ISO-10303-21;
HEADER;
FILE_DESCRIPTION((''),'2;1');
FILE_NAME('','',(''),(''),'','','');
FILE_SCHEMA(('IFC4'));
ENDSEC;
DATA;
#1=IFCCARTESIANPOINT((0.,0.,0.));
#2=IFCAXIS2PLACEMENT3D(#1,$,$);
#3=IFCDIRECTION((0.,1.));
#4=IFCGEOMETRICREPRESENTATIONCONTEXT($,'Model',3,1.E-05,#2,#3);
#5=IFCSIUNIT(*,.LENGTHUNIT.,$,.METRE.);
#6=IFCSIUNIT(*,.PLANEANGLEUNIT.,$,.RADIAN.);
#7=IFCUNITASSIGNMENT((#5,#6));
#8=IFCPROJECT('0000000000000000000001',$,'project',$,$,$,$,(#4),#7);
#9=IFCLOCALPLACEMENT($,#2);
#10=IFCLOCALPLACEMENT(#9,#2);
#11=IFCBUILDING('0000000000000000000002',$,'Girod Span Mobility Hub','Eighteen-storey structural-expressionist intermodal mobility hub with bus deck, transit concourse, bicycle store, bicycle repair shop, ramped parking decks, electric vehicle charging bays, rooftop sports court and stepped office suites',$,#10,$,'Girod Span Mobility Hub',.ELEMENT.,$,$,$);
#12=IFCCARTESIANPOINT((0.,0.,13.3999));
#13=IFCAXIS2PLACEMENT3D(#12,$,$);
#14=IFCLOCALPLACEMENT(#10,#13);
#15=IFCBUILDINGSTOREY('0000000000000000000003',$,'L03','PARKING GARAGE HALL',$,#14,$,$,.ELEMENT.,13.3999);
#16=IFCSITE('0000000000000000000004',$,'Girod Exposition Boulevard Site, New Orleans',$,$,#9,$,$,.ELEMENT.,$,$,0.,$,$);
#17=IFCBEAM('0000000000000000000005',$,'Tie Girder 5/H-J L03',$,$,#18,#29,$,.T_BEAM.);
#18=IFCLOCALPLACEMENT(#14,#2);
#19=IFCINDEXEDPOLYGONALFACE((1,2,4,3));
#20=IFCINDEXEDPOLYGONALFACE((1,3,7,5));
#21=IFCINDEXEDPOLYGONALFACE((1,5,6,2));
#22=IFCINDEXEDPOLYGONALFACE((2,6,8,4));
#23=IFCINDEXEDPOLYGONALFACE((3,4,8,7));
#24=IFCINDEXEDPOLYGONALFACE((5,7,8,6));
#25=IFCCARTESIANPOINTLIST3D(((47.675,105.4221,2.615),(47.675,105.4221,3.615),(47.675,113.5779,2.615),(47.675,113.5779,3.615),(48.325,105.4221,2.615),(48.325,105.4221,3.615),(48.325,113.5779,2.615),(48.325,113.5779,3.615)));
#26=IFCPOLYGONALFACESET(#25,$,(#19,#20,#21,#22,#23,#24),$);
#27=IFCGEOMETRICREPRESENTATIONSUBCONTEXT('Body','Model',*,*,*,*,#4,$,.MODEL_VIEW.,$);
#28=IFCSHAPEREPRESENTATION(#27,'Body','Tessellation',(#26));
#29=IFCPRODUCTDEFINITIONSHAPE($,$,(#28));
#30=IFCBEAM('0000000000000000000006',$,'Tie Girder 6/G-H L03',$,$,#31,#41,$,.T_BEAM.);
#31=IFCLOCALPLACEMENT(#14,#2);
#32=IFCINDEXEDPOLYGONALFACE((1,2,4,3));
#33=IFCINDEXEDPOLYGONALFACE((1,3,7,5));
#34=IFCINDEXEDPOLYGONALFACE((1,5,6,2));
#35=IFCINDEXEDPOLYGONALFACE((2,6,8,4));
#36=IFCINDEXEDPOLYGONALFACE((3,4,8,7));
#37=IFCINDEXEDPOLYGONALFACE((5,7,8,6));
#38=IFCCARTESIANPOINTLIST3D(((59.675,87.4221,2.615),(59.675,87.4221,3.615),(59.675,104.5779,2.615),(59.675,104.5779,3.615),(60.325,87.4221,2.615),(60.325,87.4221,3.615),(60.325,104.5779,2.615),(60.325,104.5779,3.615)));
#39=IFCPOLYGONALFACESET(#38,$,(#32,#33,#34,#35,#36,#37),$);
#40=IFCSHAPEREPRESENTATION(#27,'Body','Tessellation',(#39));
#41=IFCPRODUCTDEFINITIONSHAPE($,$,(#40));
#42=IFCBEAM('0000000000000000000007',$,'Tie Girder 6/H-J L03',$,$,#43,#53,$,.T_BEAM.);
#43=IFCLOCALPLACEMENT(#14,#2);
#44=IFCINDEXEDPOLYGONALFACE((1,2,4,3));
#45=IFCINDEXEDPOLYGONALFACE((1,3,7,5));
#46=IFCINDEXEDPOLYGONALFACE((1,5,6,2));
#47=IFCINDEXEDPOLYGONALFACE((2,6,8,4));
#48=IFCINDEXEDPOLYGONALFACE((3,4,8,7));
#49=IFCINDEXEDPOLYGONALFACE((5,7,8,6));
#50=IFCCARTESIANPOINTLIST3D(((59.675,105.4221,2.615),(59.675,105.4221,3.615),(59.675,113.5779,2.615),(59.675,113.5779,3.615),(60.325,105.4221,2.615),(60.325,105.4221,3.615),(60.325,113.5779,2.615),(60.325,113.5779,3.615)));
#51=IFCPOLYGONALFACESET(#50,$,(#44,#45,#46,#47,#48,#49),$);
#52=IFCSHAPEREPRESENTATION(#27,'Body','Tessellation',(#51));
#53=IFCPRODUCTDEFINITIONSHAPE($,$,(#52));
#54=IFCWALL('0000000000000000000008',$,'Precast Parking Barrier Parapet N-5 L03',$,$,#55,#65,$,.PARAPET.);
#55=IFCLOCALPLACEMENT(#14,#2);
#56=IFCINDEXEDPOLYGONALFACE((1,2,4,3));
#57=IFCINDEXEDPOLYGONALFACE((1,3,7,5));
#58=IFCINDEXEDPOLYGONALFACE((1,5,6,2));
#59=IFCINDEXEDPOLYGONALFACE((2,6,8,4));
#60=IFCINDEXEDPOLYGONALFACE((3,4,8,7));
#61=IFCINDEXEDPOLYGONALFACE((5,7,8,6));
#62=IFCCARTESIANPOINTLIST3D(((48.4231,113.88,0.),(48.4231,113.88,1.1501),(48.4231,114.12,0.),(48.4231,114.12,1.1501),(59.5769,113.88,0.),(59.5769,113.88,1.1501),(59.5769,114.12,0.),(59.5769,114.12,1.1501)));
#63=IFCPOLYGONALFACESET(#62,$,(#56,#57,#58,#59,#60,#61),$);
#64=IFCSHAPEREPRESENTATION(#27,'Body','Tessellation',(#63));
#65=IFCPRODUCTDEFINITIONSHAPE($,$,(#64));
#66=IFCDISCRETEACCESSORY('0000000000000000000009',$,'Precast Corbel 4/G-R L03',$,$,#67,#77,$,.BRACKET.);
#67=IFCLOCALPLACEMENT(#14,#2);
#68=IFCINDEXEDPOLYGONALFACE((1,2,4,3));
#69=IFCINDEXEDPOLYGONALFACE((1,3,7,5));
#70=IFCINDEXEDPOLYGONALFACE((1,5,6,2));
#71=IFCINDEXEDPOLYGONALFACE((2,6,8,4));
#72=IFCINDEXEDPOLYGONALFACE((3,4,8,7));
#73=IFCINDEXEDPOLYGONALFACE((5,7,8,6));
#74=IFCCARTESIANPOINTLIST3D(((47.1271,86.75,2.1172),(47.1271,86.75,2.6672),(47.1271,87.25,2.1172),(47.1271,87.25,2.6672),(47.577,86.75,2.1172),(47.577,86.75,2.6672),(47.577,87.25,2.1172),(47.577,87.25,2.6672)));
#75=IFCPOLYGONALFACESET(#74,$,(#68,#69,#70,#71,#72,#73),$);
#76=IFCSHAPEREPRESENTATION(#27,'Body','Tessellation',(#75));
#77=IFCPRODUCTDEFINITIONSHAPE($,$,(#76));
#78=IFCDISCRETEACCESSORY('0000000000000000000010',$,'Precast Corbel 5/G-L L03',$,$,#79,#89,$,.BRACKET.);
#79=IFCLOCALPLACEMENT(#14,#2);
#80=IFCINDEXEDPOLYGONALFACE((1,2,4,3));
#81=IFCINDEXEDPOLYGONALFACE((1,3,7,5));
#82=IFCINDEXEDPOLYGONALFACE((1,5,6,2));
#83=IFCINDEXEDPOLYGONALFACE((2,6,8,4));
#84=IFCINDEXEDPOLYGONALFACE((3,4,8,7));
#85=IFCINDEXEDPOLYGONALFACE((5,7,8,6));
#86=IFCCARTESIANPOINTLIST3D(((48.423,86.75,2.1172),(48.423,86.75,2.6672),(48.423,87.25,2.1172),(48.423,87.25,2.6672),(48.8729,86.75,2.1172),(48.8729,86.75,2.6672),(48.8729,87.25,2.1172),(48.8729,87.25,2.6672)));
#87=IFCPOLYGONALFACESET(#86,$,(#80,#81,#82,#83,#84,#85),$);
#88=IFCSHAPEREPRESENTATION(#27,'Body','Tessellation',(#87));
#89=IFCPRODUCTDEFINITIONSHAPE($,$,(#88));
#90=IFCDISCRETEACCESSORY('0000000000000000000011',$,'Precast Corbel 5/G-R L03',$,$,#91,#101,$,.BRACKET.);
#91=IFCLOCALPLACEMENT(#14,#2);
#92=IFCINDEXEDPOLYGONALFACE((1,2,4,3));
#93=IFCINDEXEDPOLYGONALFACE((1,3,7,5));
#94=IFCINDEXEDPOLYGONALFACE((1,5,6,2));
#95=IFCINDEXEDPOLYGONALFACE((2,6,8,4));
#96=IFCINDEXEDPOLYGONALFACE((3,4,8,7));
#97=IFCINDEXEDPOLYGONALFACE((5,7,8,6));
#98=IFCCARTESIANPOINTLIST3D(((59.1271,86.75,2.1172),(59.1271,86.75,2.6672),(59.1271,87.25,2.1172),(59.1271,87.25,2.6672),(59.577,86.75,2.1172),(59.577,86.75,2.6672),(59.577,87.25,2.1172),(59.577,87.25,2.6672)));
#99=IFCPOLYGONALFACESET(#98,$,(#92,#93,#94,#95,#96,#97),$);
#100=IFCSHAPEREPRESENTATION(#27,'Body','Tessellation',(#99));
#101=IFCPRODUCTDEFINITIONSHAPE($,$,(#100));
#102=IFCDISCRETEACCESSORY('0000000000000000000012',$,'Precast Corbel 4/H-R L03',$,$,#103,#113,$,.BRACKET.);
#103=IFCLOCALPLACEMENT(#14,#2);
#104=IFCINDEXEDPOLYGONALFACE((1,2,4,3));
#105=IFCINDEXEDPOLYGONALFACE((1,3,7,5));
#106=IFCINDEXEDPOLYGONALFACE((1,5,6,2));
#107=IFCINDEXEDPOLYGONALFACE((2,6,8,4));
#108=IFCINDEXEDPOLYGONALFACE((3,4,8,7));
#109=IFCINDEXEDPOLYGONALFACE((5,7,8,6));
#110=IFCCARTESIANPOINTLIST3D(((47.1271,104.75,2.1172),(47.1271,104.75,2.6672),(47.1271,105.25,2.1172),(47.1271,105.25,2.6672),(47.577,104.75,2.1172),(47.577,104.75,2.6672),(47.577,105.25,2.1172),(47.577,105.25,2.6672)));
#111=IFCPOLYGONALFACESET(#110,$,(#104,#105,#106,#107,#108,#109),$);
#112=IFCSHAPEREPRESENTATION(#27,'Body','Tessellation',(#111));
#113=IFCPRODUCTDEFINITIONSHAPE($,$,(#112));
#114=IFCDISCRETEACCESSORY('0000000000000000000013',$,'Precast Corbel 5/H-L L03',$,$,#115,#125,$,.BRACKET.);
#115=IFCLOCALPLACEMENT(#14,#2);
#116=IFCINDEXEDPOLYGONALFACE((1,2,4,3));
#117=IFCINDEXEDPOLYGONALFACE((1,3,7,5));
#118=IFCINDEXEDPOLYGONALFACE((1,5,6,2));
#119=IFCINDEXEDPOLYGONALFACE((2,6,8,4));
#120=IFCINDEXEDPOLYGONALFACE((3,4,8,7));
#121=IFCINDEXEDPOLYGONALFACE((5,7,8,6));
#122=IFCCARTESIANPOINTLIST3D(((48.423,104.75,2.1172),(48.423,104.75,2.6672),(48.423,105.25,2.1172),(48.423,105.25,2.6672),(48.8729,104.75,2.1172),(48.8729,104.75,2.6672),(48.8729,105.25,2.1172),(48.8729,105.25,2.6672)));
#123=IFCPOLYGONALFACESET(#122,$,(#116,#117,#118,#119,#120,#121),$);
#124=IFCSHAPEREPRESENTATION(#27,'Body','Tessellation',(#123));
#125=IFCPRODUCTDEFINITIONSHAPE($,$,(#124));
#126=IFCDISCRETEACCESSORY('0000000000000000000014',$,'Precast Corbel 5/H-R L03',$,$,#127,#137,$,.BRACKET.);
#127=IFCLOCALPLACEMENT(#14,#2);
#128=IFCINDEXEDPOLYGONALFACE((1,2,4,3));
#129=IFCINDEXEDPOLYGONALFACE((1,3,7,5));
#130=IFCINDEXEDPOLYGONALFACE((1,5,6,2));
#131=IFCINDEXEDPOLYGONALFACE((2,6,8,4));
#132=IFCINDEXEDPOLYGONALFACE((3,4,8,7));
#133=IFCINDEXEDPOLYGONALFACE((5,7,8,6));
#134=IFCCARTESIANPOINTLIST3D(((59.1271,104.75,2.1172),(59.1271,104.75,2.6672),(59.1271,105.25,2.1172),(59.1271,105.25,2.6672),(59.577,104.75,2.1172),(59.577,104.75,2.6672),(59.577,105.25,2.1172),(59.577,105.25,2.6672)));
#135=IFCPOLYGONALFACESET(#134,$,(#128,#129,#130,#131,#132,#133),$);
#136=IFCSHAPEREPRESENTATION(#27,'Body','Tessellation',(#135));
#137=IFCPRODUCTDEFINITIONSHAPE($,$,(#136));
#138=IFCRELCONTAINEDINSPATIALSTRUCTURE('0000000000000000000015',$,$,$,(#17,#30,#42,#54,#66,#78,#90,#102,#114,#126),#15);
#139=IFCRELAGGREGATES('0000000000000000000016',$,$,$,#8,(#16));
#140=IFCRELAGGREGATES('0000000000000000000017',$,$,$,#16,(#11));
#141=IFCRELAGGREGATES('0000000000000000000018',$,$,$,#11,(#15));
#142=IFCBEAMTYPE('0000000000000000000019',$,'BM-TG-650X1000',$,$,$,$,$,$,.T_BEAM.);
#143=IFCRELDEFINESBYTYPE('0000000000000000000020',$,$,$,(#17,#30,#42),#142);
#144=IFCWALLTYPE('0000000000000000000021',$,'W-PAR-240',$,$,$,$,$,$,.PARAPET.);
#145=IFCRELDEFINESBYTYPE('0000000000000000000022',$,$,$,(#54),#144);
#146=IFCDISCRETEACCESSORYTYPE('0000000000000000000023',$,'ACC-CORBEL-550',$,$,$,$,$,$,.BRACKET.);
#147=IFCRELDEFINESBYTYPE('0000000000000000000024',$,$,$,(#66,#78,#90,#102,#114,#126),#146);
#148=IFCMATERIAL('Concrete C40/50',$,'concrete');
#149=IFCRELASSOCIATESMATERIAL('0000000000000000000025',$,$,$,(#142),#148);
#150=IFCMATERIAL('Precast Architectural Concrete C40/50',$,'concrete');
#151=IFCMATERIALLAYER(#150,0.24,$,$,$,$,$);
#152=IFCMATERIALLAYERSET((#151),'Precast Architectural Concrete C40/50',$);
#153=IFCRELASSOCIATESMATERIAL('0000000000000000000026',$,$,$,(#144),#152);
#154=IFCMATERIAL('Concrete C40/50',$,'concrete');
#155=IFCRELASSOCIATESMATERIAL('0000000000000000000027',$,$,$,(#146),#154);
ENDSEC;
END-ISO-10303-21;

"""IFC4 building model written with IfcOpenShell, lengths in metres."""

from ifc_helpers import new_model, si_unit, direction, frame, frame_2d, origin, origin_2d, place, context, subcontext, project, spatial, rectangle, extrude, material, layer, layer_set, material_profile, profile_set, type_object, element, save


model = new_model("IFC4")

# Units and contexts
model_context = context("Model", 3, precision=1e-05, world=origin(), true_north=direction((0.0, 1.0)))
body_context = subcontext(model_context, "Body", "Model", "MODEL_VIEW")
ifc_project = project(units=[si_unit("LENGTHUNIT", "METRE"), si_unit("PLANEANGLEUNIT", "RADIAN")], contexts=[model_context])

# Site, building, storey
site_placement = place(None, origin())
site = spatial("IfcSite", under=ifc_project, at=site_placement, Name="Girod Exposition Boulevard Site, New Orleans", CompositionType="ELEMENT", RefElevation=0.0)
building_placement = place(site_placement, origin())
building = spatial("IfcBuilding", under=site, at=building_placement, Name="Girod Span Mobility Hub", Description="Eighteen-storey structural-expressionist intermodal mobility hub with bus deck, transit concourse, bicycle store, bicycle repair shop, ramped parking decks, electric vehicle charging bays, rooftop sports court and stepped office suites", LongName="Girod Span Mobility Hub", CompositionType="ELEMENT")
storey_placement = place(building_placement, frame((0.0, 0.0, 13.3999)))
storey = spatial("IfcBuildingStorey", under=building, at=storey_placement, Name="L03", Description="PARKING GARAGE HALL", CompositionType="ELEMENT", Elevation=13.3999)

# Beams
ifc_material_1 = material(Name="Concrete C40/50", Category="concrete")
ifc_material_profile_1 = material_profile(ifc_material_1, rectangle(XDim=0.6499, YDim=1.0, at=origin_2d()), Name="TG-650X1000")
ifc_profile_set_1 = profile_set([ifc_material_profile_1], Name="Concrete C40/50")
beam_type_1 = type_object("IfcBeamType", Name="BM-TG-650X1000", PredefinedType="T_BEAM", material=ifc_profile_set_1)
beam_1_placement = place(storey_placement, frame((48.0, 105.4221, 3.115), z_axis=(0.0, 1.0, 0.0), x_axis=(-1.0, 0.0, 0.0)))
element("IfcBeam", 1, at=beam_1_placement, inside=storey, type_object=beam_type_1, Name="Tie Girder 5/H-J L03", PredefinedType="T_BEAM", context=body_context, shape_type="SweptSolid", body=[
    extrude(rectangle(XDim=0.6499, YDim=1.0, at=origin_2d()), origin(), (0.0, 0.0, 1.0), 8.1558),
])
beam_2_placement = place(storey_placement, frame((60.0, 87.4221, 3.115), z_axis=(0.0, 1.0, 0.0), x_axis=(-1.0, 0.0, 0.0)))
element("IfcBeam", 2, at=beam_2_placement, inside=storey, type_object=beam_type_1, Name="Tie Girder 6/G-H L03", PredefinedType="T_BEAM", context=body_context, shape_type="SweptSolid", body=[
    extrude(rectangle(XDim=0.6499, YDim=1.0, at=origin_2d()), origin(), (0.0, 0.0, 1.0), 17.1558),
])
beam_3_placement = place(storey_placement, frame((60.0, 105.4221, 3.115), z_axis=(0.0, 1.0, 0.0), x_axis=(-1.0, 0.0, 0.0)))
element("IfcBeam", 3, at=beam_3_placement, inside=storey, type_object=beam_type_1, Name="Tie Girder 6/H-J L03", PredefinedType="T_BEAM", context=body_context, shape_type="SweptSolid", body=[
    extrude(rectangle(XDim=0.6499, YDim=1.0, at=origin_2d()), origin(), (0.0, 0.0, 1.0), 8.1558),
])

# Wall
ifc_material_2 = material(Name="Precast Architectural Concrete C40/50", Category="concrete")
ifc_layer = layer(ifc_material_2, 0.24)
ifc_layer_set = layer_set([ifc_layer], Name="Precast Architectural Concrete C40/50")
wall_type = type_object("IfcWallType", Name="W-PAR-240", PredefinedType="PARAPET", material=ifc_layer_set)
wall_placement = place(storey_placement, frame((48.4231, 114.0, 0.0), z_axis=(0.0, 0.0, 1.0), x_axis=(1.0, 0.0, 0.0)))
element("IfcWall", 4, at=wall_placement, inside=storey, type_object=wall_type, Name="Precast Parking Barrier Parapet N-5 L03", PredefinedType="PARAPET", context=body_context, shape_type="SweptSolid", body=[
    extrude(rectangle(XDim=11.1538, YDim=0.24, at=frame_2d((5.5769, 0.0))), origin(), (0.0, 0.0, 1.0), 1.1501),
])

# Discrete accessories
ifc_material_3 = material(Name="Concrete C40/50", Category="concrete")
discrete_accessory_type = type_object("IfcDiscreteAccessoryType", Name="ACC-CORBEL-550", PredefinedType="BRACKET", material=ifc_material_3)
for number, where, z_axis, x_axis, name in (
    (5, (47.3521, 87.0, 2.1172), (0.0, 0.0, 1.0), (1.0, 0.0, 0.0), "Precast Corbel 4/G-R L03"),
    (6, (48.6479, 87.0, 2.1172), (0.0, 0.0, 1.0), (1.0, 0.0, 0.0), "Precast Corbel 5/G-L L03"),
    (7, (59.3521, 87.0, 2.1172), (0.0, 0.0, 1.0), (1.0, 0.0, 0.0), "Precast Corbel 5/G-R L03"),
    (8, (47.3521, 105.0, 2.1172), (0.0, 0.0, 1.0), (1.0, 0.0, 0.0), "Precast Corbel 4/H-R L03"),
    (9, (48.6479, 105.0, 2.1172), (0.0, 0.0, 1.0), (1.0, 0.0, 0.0), "Precast Corbel 5/H-L L03"),
    (10, (59.3521, 105.0, 2.1172), (0.0, 0.0, 1.0), (1.0, 0.0, 0.0), "Precast Corbel 5/H-R L03"),
):
    element("IfcDiscreteAccessory", number, at=place(storey_placement, frame(where, z_axis=z_axis, x_axis=x_axis)), inside=storey, type_object=discrete_accessory_type, Name=name, PredefinedType="BRACKET", context=body_context, shape_type="SweptSolid", body=[
        extrude(rectangle(XDim=0.45, YDim=0.5, at=origin_2d()), origin(), (0.0, 0.0, 1.0), 0.55),
    ])

save(model, "model.ifc")
